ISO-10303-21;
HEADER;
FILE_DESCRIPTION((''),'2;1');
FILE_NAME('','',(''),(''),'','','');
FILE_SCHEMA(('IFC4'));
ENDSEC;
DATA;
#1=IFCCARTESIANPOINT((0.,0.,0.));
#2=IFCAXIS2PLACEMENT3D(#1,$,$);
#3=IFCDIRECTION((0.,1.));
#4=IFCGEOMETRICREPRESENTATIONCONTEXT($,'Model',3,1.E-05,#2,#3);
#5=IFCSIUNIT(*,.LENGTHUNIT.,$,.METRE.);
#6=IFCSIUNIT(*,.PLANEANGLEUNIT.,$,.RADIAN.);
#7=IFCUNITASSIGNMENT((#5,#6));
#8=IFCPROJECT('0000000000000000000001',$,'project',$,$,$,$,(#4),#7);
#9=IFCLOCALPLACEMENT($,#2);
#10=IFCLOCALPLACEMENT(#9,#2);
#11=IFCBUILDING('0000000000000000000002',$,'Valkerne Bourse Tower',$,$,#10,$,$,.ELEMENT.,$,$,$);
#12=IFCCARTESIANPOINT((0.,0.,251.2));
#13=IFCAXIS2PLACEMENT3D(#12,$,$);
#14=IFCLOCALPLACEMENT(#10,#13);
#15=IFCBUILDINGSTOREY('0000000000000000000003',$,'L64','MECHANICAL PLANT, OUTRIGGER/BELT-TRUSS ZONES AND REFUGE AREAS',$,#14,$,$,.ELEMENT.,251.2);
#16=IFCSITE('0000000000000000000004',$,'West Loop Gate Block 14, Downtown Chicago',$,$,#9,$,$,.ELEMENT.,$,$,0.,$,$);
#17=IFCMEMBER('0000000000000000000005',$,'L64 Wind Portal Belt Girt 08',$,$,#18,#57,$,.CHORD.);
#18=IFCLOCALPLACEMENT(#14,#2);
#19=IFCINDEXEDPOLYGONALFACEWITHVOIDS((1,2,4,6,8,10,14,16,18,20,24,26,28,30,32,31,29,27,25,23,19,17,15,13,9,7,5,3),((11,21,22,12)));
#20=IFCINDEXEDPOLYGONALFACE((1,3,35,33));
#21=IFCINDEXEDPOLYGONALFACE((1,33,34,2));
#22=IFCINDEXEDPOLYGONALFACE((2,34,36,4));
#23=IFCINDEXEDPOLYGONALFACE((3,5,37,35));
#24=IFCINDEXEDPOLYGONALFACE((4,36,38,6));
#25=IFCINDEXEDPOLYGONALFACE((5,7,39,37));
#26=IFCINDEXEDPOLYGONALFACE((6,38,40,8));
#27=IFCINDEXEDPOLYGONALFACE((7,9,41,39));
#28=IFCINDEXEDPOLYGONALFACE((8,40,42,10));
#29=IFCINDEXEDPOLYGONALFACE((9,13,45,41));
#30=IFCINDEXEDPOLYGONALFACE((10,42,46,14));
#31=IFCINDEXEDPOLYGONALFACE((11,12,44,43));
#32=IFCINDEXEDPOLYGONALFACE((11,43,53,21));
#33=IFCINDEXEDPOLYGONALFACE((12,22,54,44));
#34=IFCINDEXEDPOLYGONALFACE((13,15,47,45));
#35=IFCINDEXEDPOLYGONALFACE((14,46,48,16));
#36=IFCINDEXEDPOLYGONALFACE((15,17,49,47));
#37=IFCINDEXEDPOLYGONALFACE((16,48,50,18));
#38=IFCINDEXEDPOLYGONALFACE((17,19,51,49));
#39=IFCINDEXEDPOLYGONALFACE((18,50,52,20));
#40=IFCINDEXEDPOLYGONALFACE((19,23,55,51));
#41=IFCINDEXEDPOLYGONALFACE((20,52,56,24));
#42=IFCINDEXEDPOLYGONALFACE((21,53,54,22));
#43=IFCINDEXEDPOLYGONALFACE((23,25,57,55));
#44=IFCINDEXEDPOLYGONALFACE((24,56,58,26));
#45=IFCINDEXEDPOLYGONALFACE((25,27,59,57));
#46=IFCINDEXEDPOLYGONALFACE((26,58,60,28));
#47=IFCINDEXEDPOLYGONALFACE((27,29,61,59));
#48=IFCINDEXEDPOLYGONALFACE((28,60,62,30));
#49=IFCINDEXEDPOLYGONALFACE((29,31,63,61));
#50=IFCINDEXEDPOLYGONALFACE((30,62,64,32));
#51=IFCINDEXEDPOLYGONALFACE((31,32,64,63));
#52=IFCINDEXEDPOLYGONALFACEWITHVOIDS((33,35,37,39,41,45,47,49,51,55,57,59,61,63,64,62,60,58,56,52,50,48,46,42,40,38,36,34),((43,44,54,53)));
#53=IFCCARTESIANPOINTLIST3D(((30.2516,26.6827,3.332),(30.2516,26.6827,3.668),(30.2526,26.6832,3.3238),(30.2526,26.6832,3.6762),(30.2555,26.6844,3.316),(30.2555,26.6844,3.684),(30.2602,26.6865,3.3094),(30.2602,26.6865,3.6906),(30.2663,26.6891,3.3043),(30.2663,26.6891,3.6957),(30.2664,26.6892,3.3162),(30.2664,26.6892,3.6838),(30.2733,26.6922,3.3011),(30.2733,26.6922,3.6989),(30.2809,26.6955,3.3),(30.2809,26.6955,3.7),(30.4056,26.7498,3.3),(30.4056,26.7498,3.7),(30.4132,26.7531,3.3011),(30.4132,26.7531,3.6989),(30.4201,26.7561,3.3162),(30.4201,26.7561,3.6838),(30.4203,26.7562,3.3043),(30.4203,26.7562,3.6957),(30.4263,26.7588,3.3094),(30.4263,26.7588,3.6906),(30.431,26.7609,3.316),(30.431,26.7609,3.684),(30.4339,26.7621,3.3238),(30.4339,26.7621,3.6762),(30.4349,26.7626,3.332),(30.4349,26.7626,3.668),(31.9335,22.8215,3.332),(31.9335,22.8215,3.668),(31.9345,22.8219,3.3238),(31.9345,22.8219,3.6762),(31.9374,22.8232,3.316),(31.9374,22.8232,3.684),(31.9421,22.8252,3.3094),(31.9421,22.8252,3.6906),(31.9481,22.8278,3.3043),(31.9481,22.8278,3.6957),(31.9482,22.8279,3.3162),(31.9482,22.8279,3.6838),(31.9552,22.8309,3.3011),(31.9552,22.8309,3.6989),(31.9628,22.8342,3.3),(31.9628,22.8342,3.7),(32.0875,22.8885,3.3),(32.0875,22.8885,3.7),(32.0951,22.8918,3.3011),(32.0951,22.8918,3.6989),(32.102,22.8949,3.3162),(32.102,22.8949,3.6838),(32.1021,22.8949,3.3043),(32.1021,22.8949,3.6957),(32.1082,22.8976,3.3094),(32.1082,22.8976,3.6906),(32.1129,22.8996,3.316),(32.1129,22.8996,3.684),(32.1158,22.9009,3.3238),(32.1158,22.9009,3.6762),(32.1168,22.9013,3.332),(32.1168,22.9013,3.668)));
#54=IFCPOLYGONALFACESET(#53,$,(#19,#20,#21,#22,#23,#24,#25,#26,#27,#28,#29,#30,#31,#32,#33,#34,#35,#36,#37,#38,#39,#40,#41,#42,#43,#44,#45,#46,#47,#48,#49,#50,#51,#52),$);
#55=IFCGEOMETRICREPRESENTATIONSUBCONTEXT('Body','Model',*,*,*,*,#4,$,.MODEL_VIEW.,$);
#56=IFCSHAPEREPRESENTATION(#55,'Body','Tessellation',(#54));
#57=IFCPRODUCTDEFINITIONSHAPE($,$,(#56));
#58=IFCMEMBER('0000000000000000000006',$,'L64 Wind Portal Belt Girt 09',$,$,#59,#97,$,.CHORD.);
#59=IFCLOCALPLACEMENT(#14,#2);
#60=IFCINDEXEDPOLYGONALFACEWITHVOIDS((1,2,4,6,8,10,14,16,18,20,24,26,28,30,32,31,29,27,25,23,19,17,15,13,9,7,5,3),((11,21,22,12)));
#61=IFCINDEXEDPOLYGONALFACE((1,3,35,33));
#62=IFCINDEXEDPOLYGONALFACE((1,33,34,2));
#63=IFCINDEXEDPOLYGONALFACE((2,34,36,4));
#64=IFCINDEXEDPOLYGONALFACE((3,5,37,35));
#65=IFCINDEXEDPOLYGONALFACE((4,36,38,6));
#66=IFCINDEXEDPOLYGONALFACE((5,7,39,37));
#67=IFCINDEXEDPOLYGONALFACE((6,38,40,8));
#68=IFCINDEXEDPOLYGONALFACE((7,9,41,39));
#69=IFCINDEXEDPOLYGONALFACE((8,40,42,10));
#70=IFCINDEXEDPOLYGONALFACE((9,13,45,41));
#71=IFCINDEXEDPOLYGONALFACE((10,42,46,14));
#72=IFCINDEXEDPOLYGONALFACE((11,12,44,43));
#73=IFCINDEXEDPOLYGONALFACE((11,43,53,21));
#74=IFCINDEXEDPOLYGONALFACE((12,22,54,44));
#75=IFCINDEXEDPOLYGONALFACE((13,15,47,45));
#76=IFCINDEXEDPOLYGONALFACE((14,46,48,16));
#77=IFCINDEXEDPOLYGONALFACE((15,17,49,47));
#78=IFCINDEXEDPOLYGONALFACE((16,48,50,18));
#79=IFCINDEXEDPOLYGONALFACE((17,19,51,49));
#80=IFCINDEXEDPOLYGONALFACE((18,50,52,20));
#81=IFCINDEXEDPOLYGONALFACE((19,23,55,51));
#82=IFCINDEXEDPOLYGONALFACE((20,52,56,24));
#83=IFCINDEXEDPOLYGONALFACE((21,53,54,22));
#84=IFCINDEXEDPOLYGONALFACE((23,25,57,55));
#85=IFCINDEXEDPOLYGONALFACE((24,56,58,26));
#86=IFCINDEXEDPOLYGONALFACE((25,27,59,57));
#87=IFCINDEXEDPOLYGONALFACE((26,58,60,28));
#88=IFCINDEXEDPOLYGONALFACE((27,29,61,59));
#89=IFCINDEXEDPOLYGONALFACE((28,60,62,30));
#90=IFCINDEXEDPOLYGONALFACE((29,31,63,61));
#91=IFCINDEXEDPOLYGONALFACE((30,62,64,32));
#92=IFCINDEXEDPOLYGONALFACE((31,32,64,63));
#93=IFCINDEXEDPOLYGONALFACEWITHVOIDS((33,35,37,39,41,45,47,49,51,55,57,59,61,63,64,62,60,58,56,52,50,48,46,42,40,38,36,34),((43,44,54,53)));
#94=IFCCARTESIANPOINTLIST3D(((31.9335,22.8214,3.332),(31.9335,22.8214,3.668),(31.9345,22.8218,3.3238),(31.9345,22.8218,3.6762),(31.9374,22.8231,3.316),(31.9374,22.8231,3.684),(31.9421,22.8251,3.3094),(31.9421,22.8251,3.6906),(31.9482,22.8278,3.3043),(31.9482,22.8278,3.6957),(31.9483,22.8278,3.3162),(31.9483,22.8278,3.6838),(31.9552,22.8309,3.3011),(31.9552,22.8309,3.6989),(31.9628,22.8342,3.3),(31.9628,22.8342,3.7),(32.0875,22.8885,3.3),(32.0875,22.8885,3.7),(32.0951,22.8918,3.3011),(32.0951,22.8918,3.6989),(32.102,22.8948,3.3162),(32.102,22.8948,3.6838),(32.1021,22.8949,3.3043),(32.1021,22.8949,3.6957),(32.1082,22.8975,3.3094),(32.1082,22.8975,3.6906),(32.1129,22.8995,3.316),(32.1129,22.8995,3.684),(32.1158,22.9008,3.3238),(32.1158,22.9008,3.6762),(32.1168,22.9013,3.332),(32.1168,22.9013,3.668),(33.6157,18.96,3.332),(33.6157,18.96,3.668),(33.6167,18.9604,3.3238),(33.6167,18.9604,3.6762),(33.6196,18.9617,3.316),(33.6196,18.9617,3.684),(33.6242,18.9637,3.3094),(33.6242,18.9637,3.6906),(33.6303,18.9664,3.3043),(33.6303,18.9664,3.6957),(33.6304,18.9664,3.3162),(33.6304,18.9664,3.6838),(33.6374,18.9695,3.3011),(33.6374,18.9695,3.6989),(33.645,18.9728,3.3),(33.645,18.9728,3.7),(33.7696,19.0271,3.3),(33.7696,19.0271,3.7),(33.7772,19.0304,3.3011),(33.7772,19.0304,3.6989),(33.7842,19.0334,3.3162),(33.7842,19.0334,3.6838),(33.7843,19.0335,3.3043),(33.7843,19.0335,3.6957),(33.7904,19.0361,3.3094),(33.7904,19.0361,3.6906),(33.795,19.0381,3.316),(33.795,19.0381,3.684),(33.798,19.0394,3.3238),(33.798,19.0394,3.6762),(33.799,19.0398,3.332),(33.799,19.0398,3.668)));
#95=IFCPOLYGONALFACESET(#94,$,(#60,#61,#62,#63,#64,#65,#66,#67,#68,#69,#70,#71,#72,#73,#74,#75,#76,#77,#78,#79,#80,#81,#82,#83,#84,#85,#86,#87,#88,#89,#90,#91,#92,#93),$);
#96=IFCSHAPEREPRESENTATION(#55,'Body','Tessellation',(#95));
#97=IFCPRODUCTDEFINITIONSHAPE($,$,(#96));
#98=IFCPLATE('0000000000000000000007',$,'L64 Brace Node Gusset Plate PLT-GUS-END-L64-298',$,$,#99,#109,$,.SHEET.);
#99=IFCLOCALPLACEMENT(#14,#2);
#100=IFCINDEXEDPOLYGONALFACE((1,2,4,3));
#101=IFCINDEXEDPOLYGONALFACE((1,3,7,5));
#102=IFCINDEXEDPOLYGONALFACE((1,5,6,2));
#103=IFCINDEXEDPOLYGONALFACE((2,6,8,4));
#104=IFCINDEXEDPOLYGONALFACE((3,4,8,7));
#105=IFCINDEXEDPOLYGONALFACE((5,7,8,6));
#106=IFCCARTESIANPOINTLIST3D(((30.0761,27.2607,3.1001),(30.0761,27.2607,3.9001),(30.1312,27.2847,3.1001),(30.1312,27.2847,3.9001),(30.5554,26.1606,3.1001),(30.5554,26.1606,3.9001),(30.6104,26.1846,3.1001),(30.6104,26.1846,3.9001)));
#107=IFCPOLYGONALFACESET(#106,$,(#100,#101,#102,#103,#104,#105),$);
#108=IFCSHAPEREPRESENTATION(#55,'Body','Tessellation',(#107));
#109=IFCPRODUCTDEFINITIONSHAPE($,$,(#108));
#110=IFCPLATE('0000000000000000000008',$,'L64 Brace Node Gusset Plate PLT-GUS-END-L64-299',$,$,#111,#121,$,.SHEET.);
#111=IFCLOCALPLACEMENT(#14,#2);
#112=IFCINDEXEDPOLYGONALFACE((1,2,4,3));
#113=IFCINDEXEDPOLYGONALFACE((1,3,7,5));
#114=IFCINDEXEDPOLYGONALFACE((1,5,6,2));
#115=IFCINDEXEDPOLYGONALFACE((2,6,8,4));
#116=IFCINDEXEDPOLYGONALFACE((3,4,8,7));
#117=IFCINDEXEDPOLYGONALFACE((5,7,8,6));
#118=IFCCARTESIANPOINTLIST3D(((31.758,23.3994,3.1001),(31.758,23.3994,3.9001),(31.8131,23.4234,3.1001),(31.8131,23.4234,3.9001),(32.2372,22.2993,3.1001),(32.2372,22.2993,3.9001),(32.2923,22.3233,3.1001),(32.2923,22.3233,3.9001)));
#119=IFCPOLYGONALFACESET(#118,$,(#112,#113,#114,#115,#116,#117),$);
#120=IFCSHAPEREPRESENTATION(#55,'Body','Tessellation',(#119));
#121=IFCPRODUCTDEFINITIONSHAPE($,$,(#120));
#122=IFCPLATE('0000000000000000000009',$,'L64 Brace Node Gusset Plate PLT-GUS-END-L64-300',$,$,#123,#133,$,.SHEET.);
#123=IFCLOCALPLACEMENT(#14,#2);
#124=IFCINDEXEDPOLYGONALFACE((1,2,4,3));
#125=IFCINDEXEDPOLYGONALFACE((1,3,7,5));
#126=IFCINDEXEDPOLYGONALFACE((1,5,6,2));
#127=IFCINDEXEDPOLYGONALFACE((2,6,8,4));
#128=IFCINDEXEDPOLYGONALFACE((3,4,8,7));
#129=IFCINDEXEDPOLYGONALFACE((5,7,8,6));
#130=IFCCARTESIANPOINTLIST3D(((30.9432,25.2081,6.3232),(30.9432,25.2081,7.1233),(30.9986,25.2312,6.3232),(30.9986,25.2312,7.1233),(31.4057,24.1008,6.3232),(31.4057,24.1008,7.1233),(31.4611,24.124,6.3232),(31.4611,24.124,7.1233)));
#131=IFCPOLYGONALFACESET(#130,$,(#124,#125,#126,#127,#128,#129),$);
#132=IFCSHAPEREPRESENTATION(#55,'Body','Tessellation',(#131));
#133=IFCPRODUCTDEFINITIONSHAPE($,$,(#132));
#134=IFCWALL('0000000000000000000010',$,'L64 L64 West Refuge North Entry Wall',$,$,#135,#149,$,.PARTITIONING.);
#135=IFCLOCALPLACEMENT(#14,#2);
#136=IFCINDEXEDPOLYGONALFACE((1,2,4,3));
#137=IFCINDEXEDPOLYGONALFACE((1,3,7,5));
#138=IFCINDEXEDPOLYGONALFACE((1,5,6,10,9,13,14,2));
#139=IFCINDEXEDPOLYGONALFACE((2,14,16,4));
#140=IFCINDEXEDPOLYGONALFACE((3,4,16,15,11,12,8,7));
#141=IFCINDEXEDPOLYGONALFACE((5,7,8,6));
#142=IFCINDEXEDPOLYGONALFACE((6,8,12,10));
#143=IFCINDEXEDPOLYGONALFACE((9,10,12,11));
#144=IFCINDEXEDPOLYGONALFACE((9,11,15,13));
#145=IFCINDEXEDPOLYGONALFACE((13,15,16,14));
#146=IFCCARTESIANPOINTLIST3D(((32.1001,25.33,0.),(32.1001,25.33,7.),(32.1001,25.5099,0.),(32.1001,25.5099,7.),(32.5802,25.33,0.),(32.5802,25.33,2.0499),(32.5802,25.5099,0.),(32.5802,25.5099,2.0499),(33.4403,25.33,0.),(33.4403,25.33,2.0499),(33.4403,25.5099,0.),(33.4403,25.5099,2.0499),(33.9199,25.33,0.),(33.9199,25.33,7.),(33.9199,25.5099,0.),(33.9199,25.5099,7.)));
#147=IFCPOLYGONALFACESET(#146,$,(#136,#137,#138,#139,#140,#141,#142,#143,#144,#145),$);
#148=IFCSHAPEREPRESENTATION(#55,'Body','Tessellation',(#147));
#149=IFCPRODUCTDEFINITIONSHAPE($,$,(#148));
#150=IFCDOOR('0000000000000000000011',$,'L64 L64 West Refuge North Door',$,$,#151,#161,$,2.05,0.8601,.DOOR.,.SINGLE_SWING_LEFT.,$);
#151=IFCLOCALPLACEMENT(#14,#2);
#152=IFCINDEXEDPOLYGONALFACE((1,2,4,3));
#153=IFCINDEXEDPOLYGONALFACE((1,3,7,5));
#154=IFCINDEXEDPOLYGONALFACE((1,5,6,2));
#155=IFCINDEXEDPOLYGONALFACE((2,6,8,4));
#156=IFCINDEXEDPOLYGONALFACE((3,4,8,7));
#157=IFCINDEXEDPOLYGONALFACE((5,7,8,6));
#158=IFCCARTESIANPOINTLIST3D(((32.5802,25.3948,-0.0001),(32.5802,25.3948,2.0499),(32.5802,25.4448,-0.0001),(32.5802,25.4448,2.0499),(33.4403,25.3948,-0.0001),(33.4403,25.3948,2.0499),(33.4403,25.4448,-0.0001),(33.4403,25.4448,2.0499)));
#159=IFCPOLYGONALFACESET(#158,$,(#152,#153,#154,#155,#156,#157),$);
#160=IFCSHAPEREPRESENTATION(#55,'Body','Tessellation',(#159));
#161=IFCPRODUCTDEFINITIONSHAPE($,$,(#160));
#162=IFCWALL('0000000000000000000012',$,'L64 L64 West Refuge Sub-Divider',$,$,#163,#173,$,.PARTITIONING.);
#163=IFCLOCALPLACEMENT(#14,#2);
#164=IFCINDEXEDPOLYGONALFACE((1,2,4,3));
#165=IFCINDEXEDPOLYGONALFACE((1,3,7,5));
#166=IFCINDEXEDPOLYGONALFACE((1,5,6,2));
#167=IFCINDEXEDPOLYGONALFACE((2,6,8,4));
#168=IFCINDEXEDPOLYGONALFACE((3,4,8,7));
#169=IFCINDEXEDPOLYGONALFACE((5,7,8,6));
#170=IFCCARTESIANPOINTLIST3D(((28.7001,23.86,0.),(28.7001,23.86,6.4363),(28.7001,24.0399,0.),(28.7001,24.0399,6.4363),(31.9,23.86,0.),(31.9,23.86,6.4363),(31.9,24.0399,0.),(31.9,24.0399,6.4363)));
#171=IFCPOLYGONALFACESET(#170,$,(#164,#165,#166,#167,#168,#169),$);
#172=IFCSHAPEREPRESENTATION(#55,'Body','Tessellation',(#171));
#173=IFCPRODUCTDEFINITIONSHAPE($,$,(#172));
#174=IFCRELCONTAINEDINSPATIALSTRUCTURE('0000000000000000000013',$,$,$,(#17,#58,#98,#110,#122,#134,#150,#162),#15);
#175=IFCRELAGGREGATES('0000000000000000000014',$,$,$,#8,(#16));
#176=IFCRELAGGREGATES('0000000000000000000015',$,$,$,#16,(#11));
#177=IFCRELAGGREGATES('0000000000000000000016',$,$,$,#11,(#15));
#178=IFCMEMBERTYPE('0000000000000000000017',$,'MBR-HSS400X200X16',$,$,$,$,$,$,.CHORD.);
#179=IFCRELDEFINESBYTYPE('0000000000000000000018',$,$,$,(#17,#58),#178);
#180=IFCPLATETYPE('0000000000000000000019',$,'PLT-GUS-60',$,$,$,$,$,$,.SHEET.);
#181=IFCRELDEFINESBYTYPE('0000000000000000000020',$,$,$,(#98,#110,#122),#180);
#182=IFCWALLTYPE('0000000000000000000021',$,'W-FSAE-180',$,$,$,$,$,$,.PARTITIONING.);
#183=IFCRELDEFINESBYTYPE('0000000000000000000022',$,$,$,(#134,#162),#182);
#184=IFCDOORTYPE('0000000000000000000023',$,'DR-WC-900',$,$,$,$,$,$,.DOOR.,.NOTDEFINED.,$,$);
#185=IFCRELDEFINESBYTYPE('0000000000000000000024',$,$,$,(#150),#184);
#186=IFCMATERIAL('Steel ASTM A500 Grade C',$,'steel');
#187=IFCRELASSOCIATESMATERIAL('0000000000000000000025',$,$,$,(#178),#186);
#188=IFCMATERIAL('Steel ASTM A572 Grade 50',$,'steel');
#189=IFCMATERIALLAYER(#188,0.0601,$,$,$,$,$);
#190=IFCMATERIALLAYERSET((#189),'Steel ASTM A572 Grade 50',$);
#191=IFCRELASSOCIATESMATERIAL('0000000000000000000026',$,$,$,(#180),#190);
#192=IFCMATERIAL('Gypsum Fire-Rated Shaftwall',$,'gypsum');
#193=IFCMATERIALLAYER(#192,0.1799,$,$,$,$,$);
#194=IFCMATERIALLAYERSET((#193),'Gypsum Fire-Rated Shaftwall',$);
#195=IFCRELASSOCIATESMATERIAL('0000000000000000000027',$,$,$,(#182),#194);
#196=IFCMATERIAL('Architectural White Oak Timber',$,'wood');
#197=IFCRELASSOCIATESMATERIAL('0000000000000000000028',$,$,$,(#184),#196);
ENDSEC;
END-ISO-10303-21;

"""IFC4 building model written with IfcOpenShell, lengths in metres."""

from ifc_helpers import new_model, si_unit, direction, frame, frame_2d, origin, origin_2d, place, context, subcontext, project, spatial, rectangle, hollow_rectangle, extrude, material, layer, layer_set, material_profile, profile_set, type_object, element, fill, save


model = new_model("IFC4")

# Units and contexts
model_context = context("Model", 3, precision=1e-05, world=origin(), true_north=direction((0.0, 1.0)))
body_context = subcontext(model_context, "Body", "Model", "MODEL_VIEW")
ifc_project = project(units=[si_unit("LENGTHUNIT", "METRE"), si_unit("PLANEANGLEUNIT", "RADIAN")], contexts=[model_context])

# Site, building, storey
site_placement = place(None, origin())
site = spatial("IfcSite", under=ifc_project, at=site_placement, Name="West Loop Gate Block 14, Downtown Chicago", CompositionType="ELEMENT", RefElevation=0.0)
building_placement = place(site_placement, origin())
building = spatial("IfcBuilding", under=site, at=building_placement, Name="Valkerne Bourse Tower", CompositionType="ELEMENT")
storey_placement = place(building_placement, frame((0.0, 0.0, 251.2)))
storey = spatial("IfcBuildingStorey", under=building, at=storey_placement, Name="L64", Description="MECHANICAL PLANT, OUTRIGGER/BELT-TRUSS ZONES AND REFUGE AREAS", CompositionType="ELEMENT", Elevation=251.2)

# Members
ifc_material_1 = material(Name="Steel ASTM A500 Grade C", Category="steel")
ifc_material_profile_1 = material_profile(ifc_material_1, hollow_rectangle(XDim=0.2, YDim=0.3999, WallThickness=0.0161, OuterFilletRadius=0.032, at=origin_2d()), Name="HSS400X200X16")
ifc_profile_set_1 = profile_set([ifc_material_profile_1], Name="Steel ASTM A500 Grade C")
member_type_1 = type_object("IfcMemberType", Name="MBR-HSS400X200X16", PredefinedType="CHORD", material=ifc_profile_set_1)
member_1_placement = place(storey_placement, frame((30.3433, 26.7227, 3.5), z_axis=(0.399334, -0.916805, 0.0), x_axis=(0.916805, 0.399334, 0.0)))
element("IfcMember", 1, at=member_1_placement, inside=storey, type_object=member_type_1, Name="L64 Wind Portal Belt Girt 08", PredefinedType="CHORD", context=body_context, shape_type="SweptSolid", body=[
    extrude(hollow_rectangle(XDim=0.2, YDim=0.3999, WallThickness=0.0161, OuterFilletRadius=0.032, at=origin_2d()), origin(), (0.0, 0.0, 1.0), 4.2117),
])
member_2_placement = place(storey_placement, frame((32.0251, 22.8613, 3.5), z_axis=(0.399383, -0.916784, 0.0), x_axis=(0.916784, 0.399383, 0.0)))
element("IfcMember", 2, at=member_2_placement, inside=storey, type_object=member_type_1, Name="L64 Wind Portal Belt Girt 09", PredefinedType="CHORD", context=body_context, shape_type="SweptSolid", body=[
    extrude(hollow_rectangle(XDim=0.2, YDim=0.3999, WallThickness=0.0161, OuterFilletRadius=0.032, at=origin_2d()), origin(), (0.0, 0.0, 1.0), 4.2119),
])

# Plates
ifc_material_2 = material(Name="Steel ASTM A572 Grade 50", Category="steel")
ifc_layer_1 = layer(ifc_material_2, 0.0601)
ifc_layer_set_1 = layer_set([ifc_layer_1], Name="Steel ASTM A572 Grade 50")
plate_type = type_object("IfcPlateType", Name="PLT-GUS-60", PredefinedType="SHEET", material=ifc_layer_set_1)
for number, where, z_axis, x_axis, name in (
    (3, (30.3433, 26.7227, 3.1001), (0.0, 0.0, 1.0), (0.399389, -0.916781, 0.0), "L64 Brace Node Gusset Plate PLT-GUS-END-L64-298"),
    (4, (32.0251, 22.8613, 3.1001), (0.0, 0.0, 1.0), (0.399389, -0.916781, 0.0), "L64 Brace Node Gusset Plate PLT-GUS-END-L64-299"),
    (5, (31.2021, 24.666, 6.3232), (0.0, 0.0, 1.0), (0.385423, -0.92274, 0.0), "L64 Brace Node Gusset Plate PLT-GUS-END-L64-300"),
):
    element("IfcPlate", number, at=place(storey_placement, frame(where, z_axis=z_axis, x_axis=x_axis)), inside=storey, type_object=plate_type, Name=name, PredefinedType="SHEET", context=body_context, shape_type="SweptSolid", body=[
        extrude(rectangle(XDim=1.2, YDim=0.0601, at=origin_2d()), origin(), (0.0, 0.0, 1.0), 0.8),
    ])

# Wall, opening, door
ifc_material_3 = material(Name="Gypsum Fire-Rated Shaftwall", Category="gypsum")
ifc_layer_2 = layer(ifc_material_3, 0.1799)
ifc_layer_set_2 = layer_set([ifc_layer_2], Name="Gypsum Fire-Rated Shaftwall")
wall_type = type_object("IfcWallType", Name="W-FSAE-180", PredefinedType="PARTITIONING", material=ifc_layer_set_2)
wall_1_placement = place(storey_placement, frame((32.1001, 25.4199, 0.0), z_axis=(0.0, 0.0, 1.0), x_axis=(1.0, 0.0, 0.0)))
wall_1 = element("IfcWall", 6, at=wall_1_placement, inside=storey, type_object=wall_type, Name="L64 L64 West Refuge North Entry Wall", PredefinedType="PARTITIONING", context=body_context, shape_type="SweptSolid", body=[
    extrude(rectangle(XDim=1.8198, YDim=0.1799, at=frame_2d((0.9099, 0.0))), origin(), (0.0, 0.0, 1.0), 7.0),
])
opening_placement = place(wall_1_placement, frame((0.48, 0.0, 0.0)))
opening = element("IfcOpeningElement", 7, at=opening_placement, cuts=wall_1, PredefinedType="OPENING", context=body_context, shape_type="SweptSolid", body=[
    extrude(rectangle(XDim=0.8601, YDim=2.05, at=frame_2d((0.4302, 1.0249))), frame((0.0, 0.0999, 0.0), z_axis=(0.0, -1.0, 0.0), x_axis=(1.0, 0.0, 0.0)), (0.0, 0.0, 1.0), 0.2),
])
ifc_material_4 = material(Name="Architectural White Oak Timber", Category="wood")
door_type = type_object("IfcDoorType", Name="DR-WC-900", OperationType="NOTDEFINED", PredefinedType="DOOR", material=ifc_material_4)
door_placement = place(opening_placement, origin())
door = element("IfcDoor", 8, at=door_placement, inside=storey, type_object=door_type, Name="L64 L64 West Refuge North Door", OperationType="SINGLE_SWING_LEFT", OverallHeight=2.05, OverallWidth=0.8601, PredefinedType="DOOR", context=body_context, shape_type="SweptSolid", body=[
    extrude(rectangle(XDim=0.8601, YDim=2.05, at=frame_2d((0.4302, 1.0249))), frame((0.0, 0.0249, 0.0), z_axis=(0.0, -1.0, 0.0), x_axis=(1.0, 0.0, 0.0)), (0.0, 0.0, 1.0), 0.05),
])
fill(opening, door)

# Wall
wall_2_placement = place(storey_placement, frame((28.7, 23.95, 0.0), z_axis=(0.0, 0.0, 1.0), x_axis=(1.0, 0.0, 0.0)))
element("IfcWall", 9, at=wall_2_placement, inside=storey, type_object=wall_type, Name="L64 L64 West Refuge Sub-Divider", PredefinedType="PARTITIONING", context=body_context, shape_type="SweptSolid", body=[
    extrude(rectangle(XDim=3.2, YDim=0.1799, at=frame_2d((1.6001, 0.0))), origin(), (0.0, 0.0, 1.0), 6.4363),
])

save(model, "model.ifc")
